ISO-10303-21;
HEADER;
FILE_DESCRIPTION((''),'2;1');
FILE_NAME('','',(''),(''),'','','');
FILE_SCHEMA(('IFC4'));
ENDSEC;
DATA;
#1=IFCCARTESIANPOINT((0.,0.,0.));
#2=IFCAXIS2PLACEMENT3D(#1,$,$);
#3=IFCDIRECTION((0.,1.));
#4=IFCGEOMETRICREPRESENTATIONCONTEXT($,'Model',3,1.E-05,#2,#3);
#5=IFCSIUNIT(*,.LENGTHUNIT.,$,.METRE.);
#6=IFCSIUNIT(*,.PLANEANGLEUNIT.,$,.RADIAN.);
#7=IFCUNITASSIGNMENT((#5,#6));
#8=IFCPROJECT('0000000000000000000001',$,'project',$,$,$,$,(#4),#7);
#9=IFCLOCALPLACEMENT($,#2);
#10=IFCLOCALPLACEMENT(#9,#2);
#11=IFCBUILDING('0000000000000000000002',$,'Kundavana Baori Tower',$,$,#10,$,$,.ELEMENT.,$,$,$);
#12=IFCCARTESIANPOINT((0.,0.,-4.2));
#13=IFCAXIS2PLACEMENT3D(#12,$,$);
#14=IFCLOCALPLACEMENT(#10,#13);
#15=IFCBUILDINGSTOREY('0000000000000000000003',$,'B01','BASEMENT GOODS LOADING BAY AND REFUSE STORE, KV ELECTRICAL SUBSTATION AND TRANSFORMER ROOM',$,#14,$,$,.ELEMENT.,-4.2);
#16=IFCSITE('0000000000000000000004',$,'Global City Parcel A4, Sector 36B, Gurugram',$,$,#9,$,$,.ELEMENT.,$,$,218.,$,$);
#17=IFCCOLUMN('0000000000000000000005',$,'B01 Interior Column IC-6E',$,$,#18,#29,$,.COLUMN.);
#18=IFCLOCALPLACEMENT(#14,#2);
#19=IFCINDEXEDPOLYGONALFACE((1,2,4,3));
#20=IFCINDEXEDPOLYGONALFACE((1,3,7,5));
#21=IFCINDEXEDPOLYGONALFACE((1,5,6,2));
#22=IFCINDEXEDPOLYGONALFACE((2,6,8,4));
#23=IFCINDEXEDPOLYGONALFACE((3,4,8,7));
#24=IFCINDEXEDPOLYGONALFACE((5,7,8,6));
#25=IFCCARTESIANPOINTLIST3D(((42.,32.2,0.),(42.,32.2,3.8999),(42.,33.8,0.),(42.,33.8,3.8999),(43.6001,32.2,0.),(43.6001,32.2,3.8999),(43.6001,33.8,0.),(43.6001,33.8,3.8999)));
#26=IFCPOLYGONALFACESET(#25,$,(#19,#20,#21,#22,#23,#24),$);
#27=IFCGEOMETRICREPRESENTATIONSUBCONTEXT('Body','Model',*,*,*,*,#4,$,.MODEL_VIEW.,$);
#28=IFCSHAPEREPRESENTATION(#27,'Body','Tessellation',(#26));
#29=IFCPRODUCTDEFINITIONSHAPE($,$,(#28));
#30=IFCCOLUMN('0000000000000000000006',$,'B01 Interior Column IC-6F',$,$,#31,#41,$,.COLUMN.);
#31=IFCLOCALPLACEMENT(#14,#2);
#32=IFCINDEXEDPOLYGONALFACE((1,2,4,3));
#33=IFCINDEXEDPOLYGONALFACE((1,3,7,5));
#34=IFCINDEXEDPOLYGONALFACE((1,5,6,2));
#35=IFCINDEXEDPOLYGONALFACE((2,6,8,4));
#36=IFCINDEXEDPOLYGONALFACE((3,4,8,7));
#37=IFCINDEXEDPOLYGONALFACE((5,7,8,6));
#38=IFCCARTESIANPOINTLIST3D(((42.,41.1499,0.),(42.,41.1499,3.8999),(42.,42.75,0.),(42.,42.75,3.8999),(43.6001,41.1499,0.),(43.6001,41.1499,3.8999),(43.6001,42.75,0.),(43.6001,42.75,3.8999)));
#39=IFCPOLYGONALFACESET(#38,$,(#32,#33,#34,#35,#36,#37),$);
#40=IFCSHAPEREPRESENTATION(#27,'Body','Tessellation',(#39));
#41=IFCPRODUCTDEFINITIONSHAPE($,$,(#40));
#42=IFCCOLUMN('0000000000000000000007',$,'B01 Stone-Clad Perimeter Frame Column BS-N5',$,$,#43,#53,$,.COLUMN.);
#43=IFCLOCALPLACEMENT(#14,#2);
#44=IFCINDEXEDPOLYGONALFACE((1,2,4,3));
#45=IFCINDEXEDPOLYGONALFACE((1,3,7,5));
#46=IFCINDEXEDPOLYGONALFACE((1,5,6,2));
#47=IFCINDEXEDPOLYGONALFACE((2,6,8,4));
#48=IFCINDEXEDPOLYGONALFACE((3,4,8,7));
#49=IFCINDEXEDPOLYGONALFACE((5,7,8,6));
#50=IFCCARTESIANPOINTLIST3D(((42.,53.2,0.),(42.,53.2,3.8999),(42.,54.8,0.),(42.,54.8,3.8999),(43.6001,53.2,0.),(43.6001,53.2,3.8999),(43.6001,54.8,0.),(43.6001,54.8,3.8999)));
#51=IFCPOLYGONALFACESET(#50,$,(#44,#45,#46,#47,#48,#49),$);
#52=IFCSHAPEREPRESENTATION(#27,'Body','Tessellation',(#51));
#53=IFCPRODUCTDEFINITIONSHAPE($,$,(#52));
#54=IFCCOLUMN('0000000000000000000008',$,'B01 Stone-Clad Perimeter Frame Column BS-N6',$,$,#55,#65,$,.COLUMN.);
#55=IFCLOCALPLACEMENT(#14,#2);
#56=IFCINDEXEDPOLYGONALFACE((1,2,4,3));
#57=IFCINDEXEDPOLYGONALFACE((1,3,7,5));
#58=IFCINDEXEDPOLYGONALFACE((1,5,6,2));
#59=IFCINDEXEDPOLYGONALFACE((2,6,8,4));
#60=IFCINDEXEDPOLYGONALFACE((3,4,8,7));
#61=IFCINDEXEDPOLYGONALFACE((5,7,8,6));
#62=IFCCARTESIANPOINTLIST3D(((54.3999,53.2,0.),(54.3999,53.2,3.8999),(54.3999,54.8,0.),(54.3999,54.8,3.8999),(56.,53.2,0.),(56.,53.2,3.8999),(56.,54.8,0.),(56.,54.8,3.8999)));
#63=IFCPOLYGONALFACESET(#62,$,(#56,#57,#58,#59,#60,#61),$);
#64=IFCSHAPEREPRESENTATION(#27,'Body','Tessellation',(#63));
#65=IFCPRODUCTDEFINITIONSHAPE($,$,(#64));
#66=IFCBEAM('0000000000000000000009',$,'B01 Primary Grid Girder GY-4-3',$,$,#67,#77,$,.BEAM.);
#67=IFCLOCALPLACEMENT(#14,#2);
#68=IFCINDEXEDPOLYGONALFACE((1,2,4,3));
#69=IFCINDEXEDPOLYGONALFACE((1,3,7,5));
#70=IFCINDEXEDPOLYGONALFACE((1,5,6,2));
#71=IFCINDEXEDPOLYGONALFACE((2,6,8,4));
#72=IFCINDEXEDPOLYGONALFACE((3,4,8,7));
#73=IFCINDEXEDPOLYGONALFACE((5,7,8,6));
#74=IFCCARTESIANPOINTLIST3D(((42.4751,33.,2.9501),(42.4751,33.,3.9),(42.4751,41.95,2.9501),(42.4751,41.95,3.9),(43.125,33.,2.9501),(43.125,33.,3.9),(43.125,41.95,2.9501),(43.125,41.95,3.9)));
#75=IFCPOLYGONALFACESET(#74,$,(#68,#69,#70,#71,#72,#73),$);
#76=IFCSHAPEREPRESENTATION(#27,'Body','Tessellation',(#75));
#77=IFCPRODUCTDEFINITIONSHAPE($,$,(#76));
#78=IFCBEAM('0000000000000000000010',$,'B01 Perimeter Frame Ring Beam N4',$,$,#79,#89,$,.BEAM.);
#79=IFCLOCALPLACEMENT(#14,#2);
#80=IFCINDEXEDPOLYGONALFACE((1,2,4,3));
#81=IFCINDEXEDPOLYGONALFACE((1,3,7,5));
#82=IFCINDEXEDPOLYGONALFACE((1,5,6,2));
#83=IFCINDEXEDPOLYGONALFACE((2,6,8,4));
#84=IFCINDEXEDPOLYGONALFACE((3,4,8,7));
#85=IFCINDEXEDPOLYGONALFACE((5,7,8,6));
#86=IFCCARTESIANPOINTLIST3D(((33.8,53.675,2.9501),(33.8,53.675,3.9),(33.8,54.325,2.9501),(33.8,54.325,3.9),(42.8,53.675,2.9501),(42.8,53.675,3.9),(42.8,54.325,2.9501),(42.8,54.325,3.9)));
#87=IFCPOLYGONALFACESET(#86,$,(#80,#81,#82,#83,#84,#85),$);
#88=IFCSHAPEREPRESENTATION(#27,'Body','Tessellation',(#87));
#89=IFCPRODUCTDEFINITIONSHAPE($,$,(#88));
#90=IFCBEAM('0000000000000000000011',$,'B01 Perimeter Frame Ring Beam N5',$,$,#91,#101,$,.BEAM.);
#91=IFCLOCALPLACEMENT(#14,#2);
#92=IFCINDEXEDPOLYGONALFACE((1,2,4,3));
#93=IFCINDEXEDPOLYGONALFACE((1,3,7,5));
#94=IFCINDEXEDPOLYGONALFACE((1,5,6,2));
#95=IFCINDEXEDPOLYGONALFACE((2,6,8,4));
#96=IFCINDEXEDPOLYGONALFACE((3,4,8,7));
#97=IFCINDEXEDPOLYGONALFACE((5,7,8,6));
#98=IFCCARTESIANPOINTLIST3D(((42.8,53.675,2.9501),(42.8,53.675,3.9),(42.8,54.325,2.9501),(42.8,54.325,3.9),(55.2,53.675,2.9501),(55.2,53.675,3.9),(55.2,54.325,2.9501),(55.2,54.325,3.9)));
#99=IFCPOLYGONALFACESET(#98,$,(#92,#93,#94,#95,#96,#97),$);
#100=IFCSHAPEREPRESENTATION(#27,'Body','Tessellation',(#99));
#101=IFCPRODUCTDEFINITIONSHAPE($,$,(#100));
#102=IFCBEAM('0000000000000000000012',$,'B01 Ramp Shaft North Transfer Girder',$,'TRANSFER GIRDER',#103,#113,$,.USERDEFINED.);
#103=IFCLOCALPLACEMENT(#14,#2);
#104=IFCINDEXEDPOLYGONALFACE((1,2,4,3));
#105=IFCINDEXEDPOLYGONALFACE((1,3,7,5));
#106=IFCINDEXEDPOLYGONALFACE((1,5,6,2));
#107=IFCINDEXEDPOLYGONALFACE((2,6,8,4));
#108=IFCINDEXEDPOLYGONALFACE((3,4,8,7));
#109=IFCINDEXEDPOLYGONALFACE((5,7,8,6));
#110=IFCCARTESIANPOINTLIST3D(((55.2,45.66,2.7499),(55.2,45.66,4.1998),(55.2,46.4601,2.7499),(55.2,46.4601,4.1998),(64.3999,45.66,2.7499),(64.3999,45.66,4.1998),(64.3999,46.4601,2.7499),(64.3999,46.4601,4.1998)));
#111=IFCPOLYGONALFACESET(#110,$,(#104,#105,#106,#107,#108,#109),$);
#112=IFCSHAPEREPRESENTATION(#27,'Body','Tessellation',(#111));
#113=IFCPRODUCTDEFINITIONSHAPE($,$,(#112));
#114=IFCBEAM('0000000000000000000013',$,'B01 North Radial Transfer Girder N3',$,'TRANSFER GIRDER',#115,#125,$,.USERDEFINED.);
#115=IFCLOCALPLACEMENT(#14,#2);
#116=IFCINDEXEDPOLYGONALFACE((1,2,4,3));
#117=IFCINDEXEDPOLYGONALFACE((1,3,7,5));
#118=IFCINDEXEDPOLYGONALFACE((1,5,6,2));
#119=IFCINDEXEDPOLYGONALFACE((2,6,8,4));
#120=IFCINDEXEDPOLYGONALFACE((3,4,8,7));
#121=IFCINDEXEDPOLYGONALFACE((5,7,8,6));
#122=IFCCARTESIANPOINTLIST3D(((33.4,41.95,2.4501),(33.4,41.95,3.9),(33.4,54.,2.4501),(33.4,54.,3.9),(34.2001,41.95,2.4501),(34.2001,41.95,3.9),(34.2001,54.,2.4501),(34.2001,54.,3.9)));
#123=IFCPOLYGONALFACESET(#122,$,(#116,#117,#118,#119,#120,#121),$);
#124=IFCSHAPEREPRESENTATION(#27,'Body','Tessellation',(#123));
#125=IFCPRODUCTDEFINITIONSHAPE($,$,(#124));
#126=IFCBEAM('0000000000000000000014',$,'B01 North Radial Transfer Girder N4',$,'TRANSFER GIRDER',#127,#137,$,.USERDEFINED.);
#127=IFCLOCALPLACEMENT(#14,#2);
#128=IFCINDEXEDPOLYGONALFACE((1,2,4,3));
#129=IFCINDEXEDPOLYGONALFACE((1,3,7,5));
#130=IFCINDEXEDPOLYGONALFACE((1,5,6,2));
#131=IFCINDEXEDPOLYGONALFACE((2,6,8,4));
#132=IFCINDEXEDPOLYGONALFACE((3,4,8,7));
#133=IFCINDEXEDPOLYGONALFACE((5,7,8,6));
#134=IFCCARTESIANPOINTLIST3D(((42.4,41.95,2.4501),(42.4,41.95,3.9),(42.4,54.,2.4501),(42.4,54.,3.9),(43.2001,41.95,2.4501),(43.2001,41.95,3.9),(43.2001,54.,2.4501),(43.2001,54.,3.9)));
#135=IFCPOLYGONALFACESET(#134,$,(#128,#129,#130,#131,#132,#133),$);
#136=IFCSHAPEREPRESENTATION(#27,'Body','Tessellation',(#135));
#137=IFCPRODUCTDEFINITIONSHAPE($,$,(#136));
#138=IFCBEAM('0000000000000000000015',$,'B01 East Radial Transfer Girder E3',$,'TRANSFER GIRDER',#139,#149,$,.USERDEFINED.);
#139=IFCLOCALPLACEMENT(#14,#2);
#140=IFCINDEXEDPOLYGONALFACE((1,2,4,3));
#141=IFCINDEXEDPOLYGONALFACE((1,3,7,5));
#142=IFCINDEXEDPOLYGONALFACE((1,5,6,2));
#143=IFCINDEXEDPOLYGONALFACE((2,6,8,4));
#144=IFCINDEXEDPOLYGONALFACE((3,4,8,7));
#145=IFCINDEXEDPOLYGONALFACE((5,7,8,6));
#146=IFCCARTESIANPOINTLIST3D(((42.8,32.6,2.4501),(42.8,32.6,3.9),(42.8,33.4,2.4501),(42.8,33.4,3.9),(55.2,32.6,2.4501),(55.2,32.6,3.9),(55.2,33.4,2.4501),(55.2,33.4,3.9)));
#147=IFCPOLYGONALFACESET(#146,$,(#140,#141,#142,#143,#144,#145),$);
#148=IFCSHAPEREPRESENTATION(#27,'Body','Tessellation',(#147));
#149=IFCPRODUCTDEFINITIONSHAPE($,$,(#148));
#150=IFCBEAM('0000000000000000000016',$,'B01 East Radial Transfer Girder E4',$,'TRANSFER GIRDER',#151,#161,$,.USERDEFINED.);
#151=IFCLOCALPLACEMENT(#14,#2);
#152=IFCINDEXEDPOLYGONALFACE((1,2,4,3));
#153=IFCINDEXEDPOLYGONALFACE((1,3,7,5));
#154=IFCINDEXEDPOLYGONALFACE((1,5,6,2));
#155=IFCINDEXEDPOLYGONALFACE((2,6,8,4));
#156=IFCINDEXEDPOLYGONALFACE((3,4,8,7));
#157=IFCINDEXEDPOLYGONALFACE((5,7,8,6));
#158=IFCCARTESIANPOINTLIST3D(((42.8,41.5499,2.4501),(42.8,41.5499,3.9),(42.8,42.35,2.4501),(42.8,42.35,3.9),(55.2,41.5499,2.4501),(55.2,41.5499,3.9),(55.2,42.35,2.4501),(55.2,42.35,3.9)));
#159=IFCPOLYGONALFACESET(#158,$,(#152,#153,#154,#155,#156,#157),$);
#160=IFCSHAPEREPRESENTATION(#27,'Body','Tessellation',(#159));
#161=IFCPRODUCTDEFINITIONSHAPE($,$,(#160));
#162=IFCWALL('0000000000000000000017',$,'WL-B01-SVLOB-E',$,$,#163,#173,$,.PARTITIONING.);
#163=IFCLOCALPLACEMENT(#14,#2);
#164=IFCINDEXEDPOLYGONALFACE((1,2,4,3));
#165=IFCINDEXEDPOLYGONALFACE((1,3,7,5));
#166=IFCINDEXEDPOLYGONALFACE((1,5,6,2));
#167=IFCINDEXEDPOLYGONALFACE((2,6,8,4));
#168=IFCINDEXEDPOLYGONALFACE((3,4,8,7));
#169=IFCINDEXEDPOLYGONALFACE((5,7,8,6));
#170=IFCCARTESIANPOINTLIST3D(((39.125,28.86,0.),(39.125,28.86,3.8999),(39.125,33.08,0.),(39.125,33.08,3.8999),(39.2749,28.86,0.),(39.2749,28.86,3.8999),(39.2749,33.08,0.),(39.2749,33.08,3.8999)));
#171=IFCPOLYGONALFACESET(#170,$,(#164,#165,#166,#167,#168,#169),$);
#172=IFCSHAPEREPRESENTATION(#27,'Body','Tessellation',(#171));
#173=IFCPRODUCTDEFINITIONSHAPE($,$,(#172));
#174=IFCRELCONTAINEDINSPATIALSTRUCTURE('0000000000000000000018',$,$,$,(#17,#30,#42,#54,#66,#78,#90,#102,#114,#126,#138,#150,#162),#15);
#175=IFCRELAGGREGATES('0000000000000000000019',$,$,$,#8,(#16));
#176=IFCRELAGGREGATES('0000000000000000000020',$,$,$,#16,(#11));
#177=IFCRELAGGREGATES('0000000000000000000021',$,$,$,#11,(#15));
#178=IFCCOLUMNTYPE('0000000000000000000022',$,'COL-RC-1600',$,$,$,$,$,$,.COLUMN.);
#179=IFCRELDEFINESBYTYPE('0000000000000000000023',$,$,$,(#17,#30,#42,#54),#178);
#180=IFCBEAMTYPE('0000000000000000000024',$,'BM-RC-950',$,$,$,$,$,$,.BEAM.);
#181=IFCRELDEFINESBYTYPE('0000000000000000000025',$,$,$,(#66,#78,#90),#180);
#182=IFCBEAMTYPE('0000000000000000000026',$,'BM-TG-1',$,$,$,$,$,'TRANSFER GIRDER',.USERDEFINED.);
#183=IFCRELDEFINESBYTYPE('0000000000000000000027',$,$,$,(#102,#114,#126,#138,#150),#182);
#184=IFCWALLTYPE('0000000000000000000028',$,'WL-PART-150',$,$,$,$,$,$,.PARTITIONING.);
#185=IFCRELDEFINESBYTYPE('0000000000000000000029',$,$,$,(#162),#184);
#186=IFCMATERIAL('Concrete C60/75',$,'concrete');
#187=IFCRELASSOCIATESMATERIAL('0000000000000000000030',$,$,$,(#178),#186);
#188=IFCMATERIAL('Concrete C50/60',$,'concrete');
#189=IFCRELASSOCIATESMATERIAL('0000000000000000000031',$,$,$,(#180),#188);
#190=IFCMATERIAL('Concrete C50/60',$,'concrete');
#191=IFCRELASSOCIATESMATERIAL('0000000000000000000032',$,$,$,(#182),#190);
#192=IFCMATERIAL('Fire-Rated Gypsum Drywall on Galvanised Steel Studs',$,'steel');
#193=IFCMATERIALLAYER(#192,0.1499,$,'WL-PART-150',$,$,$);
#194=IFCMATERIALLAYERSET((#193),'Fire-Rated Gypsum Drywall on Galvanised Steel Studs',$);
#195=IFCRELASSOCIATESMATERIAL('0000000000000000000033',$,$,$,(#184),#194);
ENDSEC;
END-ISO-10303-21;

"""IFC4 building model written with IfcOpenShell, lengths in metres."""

from ifc_helpers import new_model, si_unit, direction, frame, frame_2d, origin, origin_2d, place, context, subcontext, project, spatial, rectangle, extrude, material, layer, layer_set, material_profile, profile_set, type_object, element, save


model = new_model("IFC4")

# Units and contexts
model_context = context("Model", 3, precision=1e-05, world=origin(), true_north=direction((0.0, 1.0)))
body_context = subcontext(model_context, "Body", "Model", "MODEL_VIEW")
ifc_project = project(units=[si_unit("LENGTHUNIT", "METRE"), si_unit("PLANEANGLEUNIT", "RADIAN")], contexts=[model_context])

# Site, building, storey
site_placement = place(None, origin())
site = spatial("IfcSite", under=ifc_project, at=site_placement, Name="Global City Parcel A4, Sector 36B, Gurugram", CompositionType="ELEMENT", RefElevation=218.0)
building_placement = place(site_placement, origin())
building = spatial("IfcBuilding", under=site, at=building_placement, Name="Kundavana Baori Tower", CompositionType="ELEMENT")
storey_placement = place(building_placement, frame((0.0, 0.0, -4.2)))
storey = spatial("IfcBuildingStorey", under=building, at=storey_placement, Name="B01", Description="BASEMENT GOODS LOADING BAY AND REFUSE STORE, KV ELECTRICAL SUBSTATION AND TRANSFORMER ROOM", CompositionType="ELEMENT", Elevation=-4.2)

# Columns
ifc_material_1 = material(Name="Concrete C60/75", Category="concrete")
ifc_material_profile_1 = material_profile(ifc_material_1, rectangle(XDim=1.6001, YDim=1.6001, at=origin_2d()), Name="RC 1600x1600")
ifc_profile_set_1 = profile_set([ifc_material_profile_1], Name="Concrete C60/75")
column_type = type_object("IfcColumnType", Name="COL-RC-1600", PredefinedType="COLUMN", material=ifc_profile_set_1)
for number, where, z_axis, x_axis, name in (
    (1, (42.8, 33.0, 0.0), (0.0, 0.0, 1.0), (1.0, 0.0, 0.0), "B01 Interior Column IC-6E"),
    (2, (42.8, 41.95, 0.0), (0.0, 0.0, 1.0), (1.0, 0.0, 0.0), "B01 Interior Column IC-6F"),
    (3, (42.8, 54.0, 0.0), (0.0, 0.0, 1.0), (1.0, 0.0, 0.0), "B01 Stone-Clad Perimeter Frame Column BS-N5"),
    (4, (55.2, 54.0, 0.0), (0.0, 0.0, 1.0), (1.0, 0.0, 0.0), "B01 Stone-Clad Perimeter Frame Column BS-N6"),
):
    element("IfcColumn", number, at=place(storey_placement, frame(where, z_axis=z_axis, x_axis=x_axis)), inside=storey, type_object=column_type, Name=name, PredefinedType="COLUMN", context=body_context, shape_type="SweptSolid", body=[
        extrude(rectangle(XDim=1.6001, YDim=1.6001, at=origin_2d()), origin(), (0.0, 0.0, 1.0), 3.8999),
    ])

# Beams
ifc_material_2 = material(Name="Concrete C50/60", Category="concrete")
ifc_material_profile_2 = material_profile(ifc_material_2, rectangle(XDim=0.6499, YDim=0.95, at=origin_2d()), Name="RC BM 650x950")
ifc_profile_set_2 = profile_set([ifc_material_profile_2], Name="Concrete C50/60")
beam_type_1 = type_object("IfcBeamType", Name="BM-RC-950", PredefinedType="BEAM", material=ifc_profile_set_2)
beam_1_placement = place(storey_placement, frame((42.8, 33.0, 3.425), z_axis=(0.0, 1.0, 0.0), x_axis=(-1.0, 0.0, 0.0)))
element("IfcBeam", 5, at=beam_1_placement, inside=storey, type_object=beam_type_1, Name="B01 Primary Grid Girder GY-4-3", PredefinedType="BEAM", context=body_context, shape_type="SweptSolid", body=[
    extrude(rectangle(XDim=0.6499, YDim=0.95, at=origin_2d()), origin(), (0.0, 0.0, 1.0), 8.95),
])
beam_2_placement = place(storey_placement, frame((33.8, 54.0, 3.425), z_axis=(1.0, 0.0, 0.0), x_axis=(0.0, 1.0, 0.0)))
element("IfcBeam", 6, at=beam_2_placement, inside=storey, type_object=beam_type_1, Name="B01 Perimeter Frame Ring Beam N4", PredefinedType="BEAM", context=body_context, shape_type="SweptSolid", body=[
    extrude(rectangle(XDim=0.6499, YDim=0.95, at=origin_2d()), origin(), (0.0, 0.0, 1.0), 9.0),
])
beam_3_placement = place(storey_placement, frame((42.8, 54.0, 3.425), z_axis=(1.0, 0.0, 0.0), x_axis=(0.0, 1.0, 0.0)))
element("IfcBeam", 7, at=beam_3_placement, inside=storey, type_object=beam_type_1, Name="B01 Perimeter Frame Ring Beam N5", PredefinedType="BEAM", context=body_context, shape_type="SweptSolid", body=[
    extrude(rectangle(XDim=0.6499, YDim=0.95, at=origin_2d()), origin(), (0.0, 0.0, 1.0), 12.3999),
])
ifc_material_3 = material(Name="Concrete C50/60", Category="concrete")
ifc_material_profile_3 = material_profile(ifc_material_3, rectangle(XDim=0.8, YDim=1.45, at=origin_2d()), Name="BM-TG-1")
ifc_profile_set_3 = profile_set([ifc_material_profile_3], Name="Concrete C50/60")
beam_type_2 = type_object("IfcBeamType", Name="BM-TG-1", ElementType="TRANSFER GIRDER", PredefinedType="USERDEFINED", material=ifc_profile_set_3)
beam_4_placement = place(storey_placement, frame((55.2, 46.0601, 3.4749), z_axis=(1.0, 0.0, 0.0), x_axis=(0.0, 1.0, 0.0)))
element("IfcBeam", 8, at=beam_4_placement, inside=storey, type_object=beam_type_2, Name="B01 Ramp Shaft North Transfer Girder", ObjectType="TRANSFER GIRDER", PredefinedType="USERDEFINED", context=body_context, shape_type="SweptSolid", body=[
    extrude(rectangle(XDim=0.8, YDim=1.45, at=origin_2d()), origin(), (0.0, 0.0, 1.0), 9.2),
])
for number, where, z_axis, x_axis, name in (
    (9, (33.8, 41.95, 3.175), (0.0, 1.0, 0.0), (-1.0, 0.0, 0.0), "B01 North Radial Transfer Girder N3"),
    (10, (42.8, 41.95, 3.175), (0.0, 1.0, 0.0), (-1.0, 0.0, 0.0), "B01 North Radial Transfer Girder N4"),
):
    element("IfcBeam", number, at=place(storey_placement, frame(where, z_axis=z_axis, x_axis=x_axis)), inside=storey, type_object=beam_type_2, Name=name, ObjectType="TRANSFER GIRDER", PredefinedType="USERDEFINED", context=body_context, shape_type="SweptSolid", body=[
        extrude(rectangle(XDim=0.8, YDim=1.45, at=origin_2d()), origin(), (0.0, 0.0, 1.0), 12.05),
    ])
for number, where, z_axis, x_axis, name in (
    (11, (42.8, 33.0, 3.175), (1.0, 0.0, 0.0), (0.0, 1.0, 0.0), "B01 East Radial Transfer Girder E3"),
    (12, (42.8, 41.95, 3.175), (1.0, 0.0, 0.0), (0.0, 1.0, 0.0), "B01 East Radial Transfer Girder E4"),
):
    element("IfcBeam", number, at=place(storey_placement, frame(where, z_axis=z_axis, x_axis=x_axis)), inside=storey, type_object=beam_type_2, Name=name, ObjectType="TRANSFER GIRDER", PredefinedType="USERDEFINED", context=body_context, shape_type="SweptSolid", body=[
        extrude(rectangle(XDim=0.8, YDim=1.45, at=origin_2d()), origin(), (0.0, 0.0, 1.0), 12.3999),
    ])

# Wall
ifc_material_4 = material(Name="Fire-Rated Gypsum Drywall on Galvanised Steel Studs", Category="steel")
ifc_layer_1 = layer(ifc_material_4, 0.1499, Name="WL-PART-150")
ifc_layer_set_1 = layer_set([ifc_layer_1], Name="Fire-Rated Gypsum Drywall on Galvanised Steel Studs")
wall_type_1 = type_object("IfcWallType", Name="WL-PART-150", PredefinedType="PARTITIONING", material=ifc_layer_set_1)
wall_1_placement = place(storey_placement, frame((39.2, 28.8601, 0.0), z_axis=(0.0, 0.0, 1.0), x_axis=(0.0, 1.0, 0.0)))
element("IfcWall", 13, at=wall_1_placement, inside=storey, type_object=wall_type_1, Name="WL-B01-SVLOB-E", PredefinedType="PARTITIONING", context=body_context, shape_type="SweptSolid", body=[
    extrude(rectangle(XDim=4.22, YDim=0.1499, at=frame_2d((2.1099, 0.0))), origin(), (0.0, 0.0, 1.0), 3.8999),
])

save(model, "model.ifc")
